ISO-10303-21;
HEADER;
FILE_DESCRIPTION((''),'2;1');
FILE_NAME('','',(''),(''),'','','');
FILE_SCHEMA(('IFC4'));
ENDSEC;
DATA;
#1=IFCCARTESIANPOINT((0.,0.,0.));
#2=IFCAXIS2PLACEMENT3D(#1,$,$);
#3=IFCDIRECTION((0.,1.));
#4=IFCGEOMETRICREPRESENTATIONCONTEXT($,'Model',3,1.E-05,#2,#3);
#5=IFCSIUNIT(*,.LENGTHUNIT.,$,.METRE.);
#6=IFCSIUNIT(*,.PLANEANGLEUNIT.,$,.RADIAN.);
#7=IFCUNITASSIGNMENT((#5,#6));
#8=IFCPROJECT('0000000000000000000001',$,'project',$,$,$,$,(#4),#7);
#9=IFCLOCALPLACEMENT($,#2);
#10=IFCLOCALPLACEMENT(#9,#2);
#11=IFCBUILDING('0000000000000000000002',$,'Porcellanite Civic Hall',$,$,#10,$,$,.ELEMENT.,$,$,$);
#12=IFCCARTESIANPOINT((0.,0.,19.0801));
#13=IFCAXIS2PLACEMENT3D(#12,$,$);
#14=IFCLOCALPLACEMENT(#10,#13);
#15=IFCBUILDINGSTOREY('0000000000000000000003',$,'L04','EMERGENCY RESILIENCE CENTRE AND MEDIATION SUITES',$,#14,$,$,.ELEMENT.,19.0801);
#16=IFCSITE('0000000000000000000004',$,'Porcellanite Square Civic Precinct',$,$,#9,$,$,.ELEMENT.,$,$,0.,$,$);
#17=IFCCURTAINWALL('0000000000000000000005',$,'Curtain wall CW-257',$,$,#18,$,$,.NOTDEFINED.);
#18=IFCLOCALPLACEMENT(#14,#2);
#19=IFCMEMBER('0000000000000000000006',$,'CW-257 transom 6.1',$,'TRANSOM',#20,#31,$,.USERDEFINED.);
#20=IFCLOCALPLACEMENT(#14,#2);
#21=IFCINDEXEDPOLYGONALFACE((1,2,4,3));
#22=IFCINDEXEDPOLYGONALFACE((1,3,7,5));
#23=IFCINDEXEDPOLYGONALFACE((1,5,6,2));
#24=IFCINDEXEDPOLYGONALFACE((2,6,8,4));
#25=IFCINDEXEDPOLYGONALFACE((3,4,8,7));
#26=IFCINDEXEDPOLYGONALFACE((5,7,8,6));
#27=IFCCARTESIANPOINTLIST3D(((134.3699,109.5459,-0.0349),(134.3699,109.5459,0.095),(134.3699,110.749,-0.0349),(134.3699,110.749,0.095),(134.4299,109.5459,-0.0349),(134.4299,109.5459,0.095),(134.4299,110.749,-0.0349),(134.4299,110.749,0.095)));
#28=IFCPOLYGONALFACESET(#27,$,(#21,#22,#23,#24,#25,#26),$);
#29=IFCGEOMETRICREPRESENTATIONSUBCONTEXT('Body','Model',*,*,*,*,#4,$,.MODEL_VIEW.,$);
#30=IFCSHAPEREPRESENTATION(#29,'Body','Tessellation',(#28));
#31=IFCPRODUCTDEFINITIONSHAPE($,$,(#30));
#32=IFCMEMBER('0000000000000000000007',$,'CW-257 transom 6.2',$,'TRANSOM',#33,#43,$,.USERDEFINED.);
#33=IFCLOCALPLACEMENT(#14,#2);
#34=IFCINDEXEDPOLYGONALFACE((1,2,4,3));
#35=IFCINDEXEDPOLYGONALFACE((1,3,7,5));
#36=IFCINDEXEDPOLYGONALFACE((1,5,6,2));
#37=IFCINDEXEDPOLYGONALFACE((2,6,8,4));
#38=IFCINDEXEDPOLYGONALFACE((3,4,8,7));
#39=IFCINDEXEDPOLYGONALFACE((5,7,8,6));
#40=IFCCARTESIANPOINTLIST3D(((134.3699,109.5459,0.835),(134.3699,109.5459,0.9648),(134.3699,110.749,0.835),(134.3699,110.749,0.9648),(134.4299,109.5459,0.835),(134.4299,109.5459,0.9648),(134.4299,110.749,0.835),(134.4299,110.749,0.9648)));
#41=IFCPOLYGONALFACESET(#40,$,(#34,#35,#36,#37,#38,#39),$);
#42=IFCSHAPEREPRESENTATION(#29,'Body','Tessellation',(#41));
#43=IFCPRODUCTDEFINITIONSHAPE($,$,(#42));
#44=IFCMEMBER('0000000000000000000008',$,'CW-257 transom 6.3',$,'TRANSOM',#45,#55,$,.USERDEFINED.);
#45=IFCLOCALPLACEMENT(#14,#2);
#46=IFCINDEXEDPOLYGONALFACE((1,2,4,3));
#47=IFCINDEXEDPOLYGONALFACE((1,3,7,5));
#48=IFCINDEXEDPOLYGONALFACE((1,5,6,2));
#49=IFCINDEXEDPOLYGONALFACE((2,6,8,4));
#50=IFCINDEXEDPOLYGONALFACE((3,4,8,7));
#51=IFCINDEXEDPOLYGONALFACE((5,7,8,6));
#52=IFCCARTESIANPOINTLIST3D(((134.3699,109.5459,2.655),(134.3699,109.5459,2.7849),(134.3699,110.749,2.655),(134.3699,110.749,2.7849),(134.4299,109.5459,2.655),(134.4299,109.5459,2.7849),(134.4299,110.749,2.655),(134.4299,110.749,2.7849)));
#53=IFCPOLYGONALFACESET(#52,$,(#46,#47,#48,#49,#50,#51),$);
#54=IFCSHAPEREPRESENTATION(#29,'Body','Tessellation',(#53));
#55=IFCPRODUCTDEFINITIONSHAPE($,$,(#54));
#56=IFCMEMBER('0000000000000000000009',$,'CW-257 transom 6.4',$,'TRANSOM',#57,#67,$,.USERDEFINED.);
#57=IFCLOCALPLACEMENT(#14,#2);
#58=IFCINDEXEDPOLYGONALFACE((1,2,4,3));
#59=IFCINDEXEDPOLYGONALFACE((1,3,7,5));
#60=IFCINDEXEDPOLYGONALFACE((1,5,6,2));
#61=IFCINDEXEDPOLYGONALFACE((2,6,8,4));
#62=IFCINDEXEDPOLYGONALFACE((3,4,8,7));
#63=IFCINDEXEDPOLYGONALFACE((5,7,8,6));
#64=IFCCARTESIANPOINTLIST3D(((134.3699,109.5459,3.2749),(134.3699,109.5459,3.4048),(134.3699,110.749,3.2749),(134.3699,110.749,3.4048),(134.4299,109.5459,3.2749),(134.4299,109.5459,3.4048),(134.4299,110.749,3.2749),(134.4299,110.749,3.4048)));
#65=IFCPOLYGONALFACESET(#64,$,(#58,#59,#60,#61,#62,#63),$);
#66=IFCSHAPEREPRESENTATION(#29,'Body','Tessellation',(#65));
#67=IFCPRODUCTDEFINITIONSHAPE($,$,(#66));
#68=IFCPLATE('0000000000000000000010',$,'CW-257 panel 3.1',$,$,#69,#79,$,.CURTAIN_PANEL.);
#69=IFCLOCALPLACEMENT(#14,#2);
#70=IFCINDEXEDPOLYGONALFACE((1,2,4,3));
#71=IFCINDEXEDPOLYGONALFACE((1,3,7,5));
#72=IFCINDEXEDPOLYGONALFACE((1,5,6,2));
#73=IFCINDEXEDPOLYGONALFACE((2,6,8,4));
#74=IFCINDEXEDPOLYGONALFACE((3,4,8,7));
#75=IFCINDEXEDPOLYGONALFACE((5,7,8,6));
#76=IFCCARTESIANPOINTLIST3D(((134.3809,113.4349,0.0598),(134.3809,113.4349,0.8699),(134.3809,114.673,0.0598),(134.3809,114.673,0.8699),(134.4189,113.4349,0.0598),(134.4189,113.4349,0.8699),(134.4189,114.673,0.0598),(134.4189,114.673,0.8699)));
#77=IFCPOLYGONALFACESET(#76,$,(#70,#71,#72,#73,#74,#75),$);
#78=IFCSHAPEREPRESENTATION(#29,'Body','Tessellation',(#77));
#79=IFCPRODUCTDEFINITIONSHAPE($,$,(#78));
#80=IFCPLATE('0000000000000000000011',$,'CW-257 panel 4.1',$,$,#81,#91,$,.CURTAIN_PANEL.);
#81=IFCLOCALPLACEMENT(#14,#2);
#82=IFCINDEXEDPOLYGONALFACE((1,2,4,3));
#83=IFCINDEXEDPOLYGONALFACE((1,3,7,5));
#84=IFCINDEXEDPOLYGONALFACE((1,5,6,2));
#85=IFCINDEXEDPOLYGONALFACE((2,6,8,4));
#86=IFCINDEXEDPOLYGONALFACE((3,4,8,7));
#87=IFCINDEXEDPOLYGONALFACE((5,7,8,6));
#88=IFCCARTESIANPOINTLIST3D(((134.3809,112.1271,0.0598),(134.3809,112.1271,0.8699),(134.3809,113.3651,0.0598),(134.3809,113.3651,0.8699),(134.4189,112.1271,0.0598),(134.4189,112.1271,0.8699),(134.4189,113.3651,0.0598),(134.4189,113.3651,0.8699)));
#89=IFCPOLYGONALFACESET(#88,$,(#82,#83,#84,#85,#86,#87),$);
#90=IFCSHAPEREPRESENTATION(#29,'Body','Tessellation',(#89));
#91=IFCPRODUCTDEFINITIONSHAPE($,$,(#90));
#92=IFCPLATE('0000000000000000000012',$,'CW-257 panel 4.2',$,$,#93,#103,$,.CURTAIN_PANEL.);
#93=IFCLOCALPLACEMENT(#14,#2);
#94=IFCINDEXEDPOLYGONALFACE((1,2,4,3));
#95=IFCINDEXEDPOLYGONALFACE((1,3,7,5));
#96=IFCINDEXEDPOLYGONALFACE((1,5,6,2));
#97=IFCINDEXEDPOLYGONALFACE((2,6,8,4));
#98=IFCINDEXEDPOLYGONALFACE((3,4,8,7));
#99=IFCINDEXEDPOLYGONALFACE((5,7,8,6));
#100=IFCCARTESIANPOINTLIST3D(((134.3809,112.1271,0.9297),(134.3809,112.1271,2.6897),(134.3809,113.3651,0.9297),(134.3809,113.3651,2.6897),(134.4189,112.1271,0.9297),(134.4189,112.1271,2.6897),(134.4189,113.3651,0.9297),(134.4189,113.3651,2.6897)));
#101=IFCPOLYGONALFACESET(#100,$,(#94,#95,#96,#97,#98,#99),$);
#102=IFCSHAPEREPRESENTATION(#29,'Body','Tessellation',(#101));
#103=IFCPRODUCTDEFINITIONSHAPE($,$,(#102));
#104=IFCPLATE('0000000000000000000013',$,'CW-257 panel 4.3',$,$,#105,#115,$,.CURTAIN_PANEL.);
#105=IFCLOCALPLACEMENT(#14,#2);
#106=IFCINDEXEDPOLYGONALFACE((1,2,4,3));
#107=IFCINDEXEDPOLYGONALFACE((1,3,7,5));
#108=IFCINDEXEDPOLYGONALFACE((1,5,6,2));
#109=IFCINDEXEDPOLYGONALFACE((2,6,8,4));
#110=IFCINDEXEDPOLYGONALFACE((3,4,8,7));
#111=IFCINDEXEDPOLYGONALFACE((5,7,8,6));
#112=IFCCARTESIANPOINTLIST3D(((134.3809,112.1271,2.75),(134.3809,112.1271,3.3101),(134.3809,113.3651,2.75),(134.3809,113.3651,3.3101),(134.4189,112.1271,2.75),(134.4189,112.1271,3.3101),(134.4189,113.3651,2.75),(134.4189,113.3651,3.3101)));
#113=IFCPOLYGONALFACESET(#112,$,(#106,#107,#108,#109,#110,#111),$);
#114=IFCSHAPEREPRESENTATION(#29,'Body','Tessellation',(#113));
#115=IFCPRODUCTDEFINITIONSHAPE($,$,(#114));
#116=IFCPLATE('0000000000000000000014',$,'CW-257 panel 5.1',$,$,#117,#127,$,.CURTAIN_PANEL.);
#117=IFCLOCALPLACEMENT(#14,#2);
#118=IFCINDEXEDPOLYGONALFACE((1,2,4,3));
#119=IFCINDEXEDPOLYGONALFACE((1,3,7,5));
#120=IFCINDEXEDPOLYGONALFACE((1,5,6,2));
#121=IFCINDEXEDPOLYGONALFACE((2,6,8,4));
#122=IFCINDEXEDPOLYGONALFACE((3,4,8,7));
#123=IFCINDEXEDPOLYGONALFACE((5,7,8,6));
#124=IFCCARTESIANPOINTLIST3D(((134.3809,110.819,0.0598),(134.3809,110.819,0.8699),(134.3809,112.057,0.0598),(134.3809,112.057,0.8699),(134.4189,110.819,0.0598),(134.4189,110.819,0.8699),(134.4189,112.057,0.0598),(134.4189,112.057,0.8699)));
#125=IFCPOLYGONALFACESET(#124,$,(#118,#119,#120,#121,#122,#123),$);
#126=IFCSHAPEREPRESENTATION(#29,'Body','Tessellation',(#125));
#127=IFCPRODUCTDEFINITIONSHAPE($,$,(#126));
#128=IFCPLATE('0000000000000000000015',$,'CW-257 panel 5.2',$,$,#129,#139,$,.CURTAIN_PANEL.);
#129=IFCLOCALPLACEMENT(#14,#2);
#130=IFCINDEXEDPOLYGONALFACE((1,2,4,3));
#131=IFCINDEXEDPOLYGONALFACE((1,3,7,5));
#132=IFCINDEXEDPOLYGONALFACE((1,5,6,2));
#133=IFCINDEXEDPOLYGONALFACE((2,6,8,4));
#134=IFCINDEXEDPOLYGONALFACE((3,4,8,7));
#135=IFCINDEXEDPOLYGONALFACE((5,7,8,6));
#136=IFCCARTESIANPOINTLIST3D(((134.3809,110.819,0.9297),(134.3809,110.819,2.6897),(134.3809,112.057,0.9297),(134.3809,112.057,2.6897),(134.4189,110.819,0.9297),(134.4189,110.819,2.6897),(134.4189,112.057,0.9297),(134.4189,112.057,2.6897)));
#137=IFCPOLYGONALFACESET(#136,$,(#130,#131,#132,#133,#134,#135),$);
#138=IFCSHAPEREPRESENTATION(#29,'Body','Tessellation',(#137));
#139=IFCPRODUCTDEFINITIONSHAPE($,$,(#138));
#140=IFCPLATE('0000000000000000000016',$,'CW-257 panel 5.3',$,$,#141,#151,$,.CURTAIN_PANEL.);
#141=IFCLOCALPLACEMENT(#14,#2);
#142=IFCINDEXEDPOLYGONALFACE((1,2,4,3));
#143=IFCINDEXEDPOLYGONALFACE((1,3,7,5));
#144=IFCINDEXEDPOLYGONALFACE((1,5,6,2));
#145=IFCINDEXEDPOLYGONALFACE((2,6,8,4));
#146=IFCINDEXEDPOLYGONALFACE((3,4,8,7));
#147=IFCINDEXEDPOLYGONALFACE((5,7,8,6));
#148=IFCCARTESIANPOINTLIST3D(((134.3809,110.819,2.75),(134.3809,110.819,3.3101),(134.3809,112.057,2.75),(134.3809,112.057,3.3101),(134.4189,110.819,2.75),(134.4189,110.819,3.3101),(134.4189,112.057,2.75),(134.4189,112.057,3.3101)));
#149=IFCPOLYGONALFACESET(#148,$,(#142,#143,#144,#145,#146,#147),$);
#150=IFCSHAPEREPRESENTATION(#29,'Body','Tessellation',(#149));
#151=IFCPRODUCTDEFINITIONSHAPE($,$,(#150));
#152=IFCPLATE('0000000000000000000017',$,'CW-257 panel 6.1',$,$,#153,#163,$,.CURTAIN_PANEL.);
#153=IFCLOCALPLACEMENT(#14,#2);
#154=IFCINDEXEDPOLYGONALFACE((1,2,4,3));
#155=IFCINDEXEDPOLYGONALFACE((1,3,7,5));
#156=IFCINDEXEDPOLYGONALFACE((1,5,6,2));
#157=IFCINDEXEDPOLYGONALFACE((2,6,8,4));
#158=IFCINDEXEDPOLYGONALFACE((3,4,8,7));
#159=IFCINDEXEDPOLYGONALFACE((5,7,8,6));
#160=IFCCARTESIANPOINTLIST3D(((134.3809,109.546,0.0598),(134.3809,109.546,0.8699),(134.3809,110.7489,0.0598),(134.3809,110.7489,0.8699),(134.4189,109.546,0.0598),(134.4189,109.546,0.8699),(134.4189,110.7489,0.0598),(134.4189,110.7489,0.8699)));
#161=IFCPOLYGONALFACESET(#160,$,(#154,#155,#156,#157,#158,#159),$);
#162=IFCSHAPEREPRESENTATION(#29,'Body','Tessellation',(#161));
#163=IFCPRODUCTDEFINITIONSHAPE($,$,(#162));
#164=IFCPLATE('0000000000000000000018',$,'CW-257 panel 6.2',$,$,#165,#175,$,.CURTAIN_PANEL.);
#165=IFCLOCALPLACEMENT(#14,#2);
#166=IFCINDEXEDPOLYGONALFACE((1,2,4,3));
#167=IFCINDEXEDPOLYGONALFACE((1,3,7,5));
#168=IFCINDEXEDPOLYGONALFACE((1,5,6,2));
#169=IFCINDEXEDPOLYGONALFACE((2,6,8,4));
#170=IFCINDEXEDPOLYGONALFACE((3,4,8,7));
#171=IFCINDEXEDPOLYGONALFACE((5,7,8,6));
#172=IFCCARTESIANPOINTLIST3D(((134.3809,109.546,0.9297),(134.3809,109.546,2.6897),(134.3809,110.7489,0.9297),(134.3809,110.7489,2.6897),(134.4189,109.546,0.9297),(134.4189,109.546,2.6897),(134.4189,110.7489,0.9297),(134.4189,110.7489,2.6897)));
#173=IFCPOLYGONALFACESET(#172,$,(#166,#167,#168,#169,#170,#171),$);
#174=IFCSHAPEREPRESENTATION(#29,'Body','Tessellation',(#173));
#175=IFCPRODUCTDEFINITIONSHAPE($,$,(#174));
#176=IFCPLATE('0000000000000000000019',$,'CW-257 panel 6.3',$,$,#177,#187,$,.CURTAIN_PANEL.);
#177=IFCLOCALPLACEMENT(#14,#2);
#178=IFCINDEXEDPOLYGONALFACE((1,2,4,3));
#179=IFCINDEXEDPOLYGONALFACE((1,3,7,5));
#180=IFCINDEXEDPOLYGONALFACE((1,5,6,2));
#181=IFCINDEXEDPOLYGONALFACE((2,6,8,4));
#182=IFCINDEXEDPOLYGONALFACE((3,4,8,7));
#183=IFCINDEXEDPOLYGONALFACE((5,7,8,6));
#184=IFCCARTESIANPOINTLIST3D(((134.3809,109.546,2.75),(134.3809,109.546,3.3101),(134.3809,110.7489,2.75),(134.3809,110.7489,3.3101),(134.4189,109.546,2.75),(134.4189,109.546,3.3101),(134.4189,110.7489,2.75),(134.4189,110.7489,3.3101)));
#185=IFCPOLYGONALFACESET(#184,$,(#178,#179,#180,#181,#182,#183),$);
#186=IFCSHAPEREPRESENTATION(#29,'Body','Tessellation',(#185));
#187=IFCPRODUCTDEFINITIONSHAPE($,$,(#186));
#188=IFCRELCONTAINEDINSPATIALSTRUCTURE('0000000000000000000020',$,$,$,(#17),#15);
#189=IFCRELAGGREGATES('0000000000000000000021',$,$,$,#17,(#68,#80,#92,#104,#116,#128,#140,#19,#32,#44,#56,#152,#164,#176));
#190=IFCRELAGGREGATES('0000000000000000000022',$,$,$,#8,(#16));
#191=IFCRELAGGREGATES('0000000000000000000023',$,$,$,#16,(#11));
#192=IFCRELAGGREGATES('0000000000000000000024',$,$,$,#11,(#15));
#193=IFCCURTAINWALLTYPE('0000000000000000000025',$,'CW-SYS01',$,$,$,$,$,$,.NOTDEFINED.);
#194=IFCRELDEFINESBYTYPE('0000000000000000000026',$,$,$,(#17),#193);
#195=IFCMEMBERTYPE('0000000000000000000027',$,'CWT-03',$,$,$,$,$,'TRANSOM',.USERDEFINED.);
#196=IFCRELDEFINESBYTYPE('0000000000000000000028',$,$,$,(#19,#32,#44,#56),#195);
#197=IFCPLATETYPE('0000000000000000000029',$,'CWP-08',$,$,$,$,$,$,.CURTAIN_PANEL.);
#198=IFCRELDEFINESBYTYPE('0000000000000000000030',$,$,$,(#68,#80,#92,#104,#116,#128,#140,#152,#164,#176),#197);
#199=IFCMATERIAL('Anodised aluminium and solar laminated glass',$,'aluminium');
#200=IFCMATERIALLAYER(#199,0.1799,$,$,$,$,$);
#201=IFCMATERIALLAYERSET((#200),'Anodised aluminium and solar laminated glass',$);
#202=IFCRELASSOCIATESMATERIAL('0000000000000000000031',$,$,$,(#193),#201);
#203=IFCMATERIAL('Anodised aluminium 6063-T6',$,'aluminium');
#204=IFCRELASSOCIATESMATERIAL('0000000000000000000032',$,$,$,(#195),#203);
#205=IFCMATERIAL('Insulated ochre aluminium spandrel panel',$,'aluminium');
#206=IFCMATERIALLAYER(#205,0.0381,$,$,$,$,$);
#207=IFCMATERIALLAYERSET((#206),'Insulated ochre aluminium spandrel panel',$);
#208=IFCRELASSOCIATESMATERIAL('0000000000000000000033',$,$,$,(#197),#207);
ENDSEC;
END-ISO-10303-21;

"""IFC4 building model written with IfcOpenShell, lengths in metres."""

from ifc_helpers import new_model, si_unit, direction, frame, origin, origin_2d, place, context, subcontext, project, spatial, rectangle, extrude, material, layer, layer_set, material_profile, profile_set, type_object, element, aggregate, save


model = new_model("IFC4")

# Units and contexts
model_context = context("Model", 3, precision=1e-05, world=origin(), true_north=direction((0.0, 1.0)))
body_context = subcontext(model_context, "Body", "Model", "MODEL_VIEW")
ifc_project = project(units=[si_unit("LENGTHUNIT", "METRE"), si_unit("PLANEANGLEUNIT", "RADIAN")], contexts=[model_context])

# Site, building, storey
site_placement = place(None, origin())
site = spatial("IfcSite", under=ifc_project, at=site_placement, Name="Porcellanite Square Civic Precinct", CompositionType="ELEMENT", RefElevation=0.0)
building_placement = place(site_placement, origin())
building = spatial("IfcBuilding", under=site, at=building_placement, Name="Porcellanite Civic Hall", CompositionType="ELEMENT")
storey_placement = place(building_placement, frame((0.0, 0.0, 19.0801)))
storey = spatial("IfcBuildingStorey", under=building, at=storey_placement, Name="L04", Description="EMERGENCY RESILIENCE CENTRE AND MEDIATION SUITES", CompositionType="ELEMENT", Elevation=19.0801)

# Curtain wall, members, plates
ifc_material_1 = material(Name="Anodised aluminium and solar laminated glass", Category="aluminium")
ifc_layer_1 = layer(ifc_material_1, 0.1799)
ifc_layer_set_1 = layer_set([ifc_layer_1], Name="Anodised aluminium and solar laminated glass")
curtain_wall_type_1 = type_object("IfcCurtainWallType", Name="CW-SYS01", PredefinedType="NOTDEFINED", material=ifc_layer_set_1)
curtain_wall_1_placement = place(storey_placement, origin())
curtain_wall_1 = element("IfcCurtainWall", 1, at=curtain_wall_1_placement, inside=storey, type_object=curtain_wall_type_1, Name="Curtain wall CW-257", PredefinedType="NOTDEFINED")
ifc_material_2 = material(Name="Anodised aluminium 6063-T6", Category="aluminium")
ifc_material_profile_1 = material_profile(ifc_material_2, rectangle(XDim=0.0601, YDim=0.1299, at=origin_2d()), Name="AL-60x130")
ifc_profile_set_1 = profile_set([ifc_material_profile_1], Name="Anodised aluminium 6063-T6")
member_type_1 = type_object("IfcMemberType", Name="CWT-03", ElementType="TRANSOM", PredefinedType="USERDEFINED", material=ifc_profile_set_1)
member_1_placement = place(storey_placement, frame((134.3999, 110.749, 0.03), z_axis=(0.0, -1.0, 0.0), x_axis=(1.0, 0.0, 0.0)))
member_1 = element("IfcMember", 2, at=member_1_placement, type_object=member_type_1, Name="CW-257 transom 6.1", ObjectType="TRANSOM", PredefinedType="USERDEFINED", context=body_context, shape_type="SweptSolid", body=[
    extrude(rectangle(XDim=0.0601, YDim=0.1299, at=origin_2d()), origin(), (0.0, 0.0, 1.0), 1.2031),
])
member_2_placement = place(storey_placement, frame((134.3999, 110.749, 0.8999), z_axis=(0.0, -1.0, 0.0), x_axis=(1.0, 0.0, 0.0)))
member_2 = element("IfcMember", 3, at=member_2_placement, type_object=member_type_1, Name="CW-257 transom 6.2", ObjectType="TRANSOM", PredefinedType="USERDEFINED", context=body_context, shape_type="SweptSolid", body=[
    extrude(rectangle(XDim=0.0601, YDim=0.1299, at=origin_2d()), origin(), (0.0, 0.0, 1.0), 1.2031),
])
member_3_placement = place(storey_placement, frame((134.3999, 110.749, 2.72), z_axis=(0.0, -1.0, 0.0), x_axis=(1.0, 0.0, 0.0)))
member_3 = element("IfcMember", 4, at=member_3_placement, type_object=member_type_1, Name="CW-257 transom 6.3", ObjectType="TRANSOM", PredefinedType="USERDEFINED", context=body_context, shape_type="SweptSolid", body=[
    extrude(rectangle(XDim=0.0601, YDim=0.1299, at=origin_2d()), origin(), (0.0, 0.0, 1.0), 1.2031),
])
member_4_placement = place(storey_placement, frame((134.3999, 110.749, 3.3398), z_axis=(0.0, -1.0, 0.0), x_axis=(1.0, 0.0, 0.0)))
member_4 = element("IfcMember", 5, at=member_4_placement, type_object=member_type_1, Name="CW-257 transom 6.4", ObjectType="TRANSOM", PredefinedType="USERDEFINED", context=body_context, shape_type="SweptSolid", body=[
    extrude(rectangle(XDim=0.0601, YDim=0.1299, at=origin_2d()), origin(), (0.0, 0.0, 1.0), 1.2031),
])
ifc_material_3 = material(Name="Insulated ochre aluminium spandrel panel", Category="aluminium")
ifc_layer_2 = layer(ifc_material_3, 0.0381)
ifc_layer_set_2 = layer_set([ifc_layer_2], Name="Insulated ochre aluminium spandrel panel")
plate_type = type_object("IfcPlateType", Name="CWP-08", PredefinedType="CURTAIN_PANEL", material=ifc_layer_set_2)
plate_1_placement = place(storey_placement, frame((134.3999, 114.054, 0.0598), z_axis=(0.0, 0.0, 1.0), x_axis=(0.0, -1.0, 0.0)))
plate_1 = element("IfcPlate", 6, at=plate_1_placement, type_object=plate_type, Name="CW-257 panel 3.1", PredefinedType="CURTAIN_PANEL", context=body_context, shape_type="SweptSolid", body=[
    extrude(rectangle(XDim=1.238, YDim=0.0381, at=origin_2d()), origin(), (0.0, 0.0, 1.0), 0.8101),
])
plate_2_placement = place(storey_placement, frame((134.3999, 112.7461, 0.0598), z_axis=(0.0, 0.0, 1.0), x_axis=(0.0, -1.0, 0.0)))
plate_2 = element("IfcPlate", 7, at=plate_2_placement, type_object=plate_type, Name="CW-257 panel 4.1", PredefinedType="CURTAIN_PANEL", context=body_context, shape_type="SweptSolid", body=[
    extrude(rectangle(XDim=1.238, YDim=0.0381, at=origin_2d()), origin(), (0.0, 0.0, 1.0), 0.8101),
])
plate_3_placement = place(storey_placement, frame((134.3999, 112.7461, 0.9297), z_axis=(0.0, 0.0, 1.0), x_axis=(0.0, -1.0, 0.0)))
plate_3 = element("IfcPlate", 8, at=plate_3_placement, type_object=plate_type, Name="CW-257 panel 4.2", PredefinedType="CURTAIN_PANEL", context=body_context, shape_type="SweptSolid", body=[
    extrude(rectangle(XDim=1.238, YDim=0.0381, at=origin_2d()), origin(), (0.0, 0.0, 1.0), 1.76),
])
plate_4_placement = place(storey_placement, frame((134.3999, 112.7461, 2.75), z_axis=(0.0, 0.0, 1.0), x_axis=(0.0, -1.0, 0.0)))
plate_4 = element("IfcPlate", 9, at=plate_4_placement, type_object=plate_type, Name="CW-257 panel 4.3", PredefinedType="CURTAIN_PANEL", context=body_context, shape_type="SweptSolid", body=[
    extrude(rectangle(XDim=1.238, YDim=0.0381, at=origin_2d()), origin(), (0.0, 0.0, 1.0), 0.5601),
])
plate_5_placement = place(storey_placement, frame((134.3999, 111.438, 0.0598), z_axis=(0.0, 0.0, 1.0), x_axis=(0.0, -1.0, 0.0)))
plate_5 = element("IfcPlate", 10, at=plate_5_placement, type_object=plate_type, Name="CW-257 panel 5.1", PredefinedType="CURTAIN_PANEL", context=body_context, shape_type="SweptSolid", body=[
    extrude(rectangle(XDim=1.238, YDim=0.0381, at=origin_2d()), origin(), (0.0, 0.0, 1.0), 0.8101),
])
plate_6_placement = place(storey_placement, frame((134.3999, 111.438, 0.9297), z_axis=(0.0, 0.0, 1.0), x_axis=(0.0, -1.0, 0.0)))
plate_6 = element("IfcPlate", 11, at=plate_6_placement, type_object=plate_type, Name="CW-257 panel 5.2", PredefinedType="CURTAIN_PANEL", context=body_context, shape_type="SweptSolid", body=[
    extrude(rectangle(XDim=1.238, YDim=0.0381, at=origin_2d()), origin(), (0.0, 0.0, 1.0), 1.76),
])
plate_7_placement = place(storey_placement, frame((134.3999, 111.438, 2.75), z_axis=(0.0, 0.0, 1.0), x_axis=(0.0, -1.0, 0.0)))
plate_7 = element("IfcPlate", 12, at=plate_7_placement, type_object=plate_type, Name="CW-257 panel 5.3", PredefinedType="CURTAIN_PANEL", context=body_context, shape_type="SweptSolid", body=[
    extrude(rectangle(XDim=1.238, YDim=0.0381, at=origin_2d()), origin(), (0.0, 0.0, 1.0), 0.5601),
])
plate_8_placement = place(storey_placement, frame((134.3999, 110.1475, 0.0598), z_axis=(0.0, 0.0, 1.0), x_axis=(0.0, -1.0, 0.0)))
plate_8 = element("IfcPlate", 13, at=plate_8_placement, type_object=plate_type, Name="CW-257 panel 6.1", PredefinedType="CURTAIN_PANEL", context=body_context, shape_type="SweptSolid", body=[
    extrude(rectangle(XDim=1.2029, YDim=0.0381, at=origin_2d()), origin(), (0.0, 0.0, 1.0), 0.8101),
])
plate_9_placement = place(storey_placement, frame((134.3999, 110.1475, 0.9297), z_axis=(0.0, 0.0, 1.0), x_axis=(0.0, -1.0, 0.0)))
plate_9 = element("IfcPlate", 14, at=plate_9_placement, type_object=plate_type, Name="CW-257 panel 6.2", PredefinedType="CURTAIN_PANEL", context=body_context, shape_type="SweptSolid", body=[
    extrude(rectangle(XDim=1.2029, YDim=0.0381, at=origin_2d()), origin(), (0.0, 0.0, 1.0), 1.76),
])
plate_10_placement = place(storey_placement, frame((134.3999, 110.1475, 2.75), z_axis=(0.0, 0.0, 1.0), x_axis=(0.0, -1.0, 0.0)))
plate_10 = element("IfcPlate", 15, at=plate_10_placement, type_object=plate_type, Name="CW-257 panel 6.3", PredefinedType="CURTAIN_PANEL", context=body_context, shape_type="SweptSolid", body=[
    extrude(rectangle(XDim=1.2029, YDim=0.0381, at=origin_2d()), origin(), (0.0, 0.0, 1.0), 0.5601),
])
aggregate(curtain_wall_1, [plate_1, plate_2, plate_3, plate_4, plate_5, plate_6, plate_7, member_1, member_2, member_3, member_4, plate_8, plate_9, plate_10])

save(model, "model.ifc")
